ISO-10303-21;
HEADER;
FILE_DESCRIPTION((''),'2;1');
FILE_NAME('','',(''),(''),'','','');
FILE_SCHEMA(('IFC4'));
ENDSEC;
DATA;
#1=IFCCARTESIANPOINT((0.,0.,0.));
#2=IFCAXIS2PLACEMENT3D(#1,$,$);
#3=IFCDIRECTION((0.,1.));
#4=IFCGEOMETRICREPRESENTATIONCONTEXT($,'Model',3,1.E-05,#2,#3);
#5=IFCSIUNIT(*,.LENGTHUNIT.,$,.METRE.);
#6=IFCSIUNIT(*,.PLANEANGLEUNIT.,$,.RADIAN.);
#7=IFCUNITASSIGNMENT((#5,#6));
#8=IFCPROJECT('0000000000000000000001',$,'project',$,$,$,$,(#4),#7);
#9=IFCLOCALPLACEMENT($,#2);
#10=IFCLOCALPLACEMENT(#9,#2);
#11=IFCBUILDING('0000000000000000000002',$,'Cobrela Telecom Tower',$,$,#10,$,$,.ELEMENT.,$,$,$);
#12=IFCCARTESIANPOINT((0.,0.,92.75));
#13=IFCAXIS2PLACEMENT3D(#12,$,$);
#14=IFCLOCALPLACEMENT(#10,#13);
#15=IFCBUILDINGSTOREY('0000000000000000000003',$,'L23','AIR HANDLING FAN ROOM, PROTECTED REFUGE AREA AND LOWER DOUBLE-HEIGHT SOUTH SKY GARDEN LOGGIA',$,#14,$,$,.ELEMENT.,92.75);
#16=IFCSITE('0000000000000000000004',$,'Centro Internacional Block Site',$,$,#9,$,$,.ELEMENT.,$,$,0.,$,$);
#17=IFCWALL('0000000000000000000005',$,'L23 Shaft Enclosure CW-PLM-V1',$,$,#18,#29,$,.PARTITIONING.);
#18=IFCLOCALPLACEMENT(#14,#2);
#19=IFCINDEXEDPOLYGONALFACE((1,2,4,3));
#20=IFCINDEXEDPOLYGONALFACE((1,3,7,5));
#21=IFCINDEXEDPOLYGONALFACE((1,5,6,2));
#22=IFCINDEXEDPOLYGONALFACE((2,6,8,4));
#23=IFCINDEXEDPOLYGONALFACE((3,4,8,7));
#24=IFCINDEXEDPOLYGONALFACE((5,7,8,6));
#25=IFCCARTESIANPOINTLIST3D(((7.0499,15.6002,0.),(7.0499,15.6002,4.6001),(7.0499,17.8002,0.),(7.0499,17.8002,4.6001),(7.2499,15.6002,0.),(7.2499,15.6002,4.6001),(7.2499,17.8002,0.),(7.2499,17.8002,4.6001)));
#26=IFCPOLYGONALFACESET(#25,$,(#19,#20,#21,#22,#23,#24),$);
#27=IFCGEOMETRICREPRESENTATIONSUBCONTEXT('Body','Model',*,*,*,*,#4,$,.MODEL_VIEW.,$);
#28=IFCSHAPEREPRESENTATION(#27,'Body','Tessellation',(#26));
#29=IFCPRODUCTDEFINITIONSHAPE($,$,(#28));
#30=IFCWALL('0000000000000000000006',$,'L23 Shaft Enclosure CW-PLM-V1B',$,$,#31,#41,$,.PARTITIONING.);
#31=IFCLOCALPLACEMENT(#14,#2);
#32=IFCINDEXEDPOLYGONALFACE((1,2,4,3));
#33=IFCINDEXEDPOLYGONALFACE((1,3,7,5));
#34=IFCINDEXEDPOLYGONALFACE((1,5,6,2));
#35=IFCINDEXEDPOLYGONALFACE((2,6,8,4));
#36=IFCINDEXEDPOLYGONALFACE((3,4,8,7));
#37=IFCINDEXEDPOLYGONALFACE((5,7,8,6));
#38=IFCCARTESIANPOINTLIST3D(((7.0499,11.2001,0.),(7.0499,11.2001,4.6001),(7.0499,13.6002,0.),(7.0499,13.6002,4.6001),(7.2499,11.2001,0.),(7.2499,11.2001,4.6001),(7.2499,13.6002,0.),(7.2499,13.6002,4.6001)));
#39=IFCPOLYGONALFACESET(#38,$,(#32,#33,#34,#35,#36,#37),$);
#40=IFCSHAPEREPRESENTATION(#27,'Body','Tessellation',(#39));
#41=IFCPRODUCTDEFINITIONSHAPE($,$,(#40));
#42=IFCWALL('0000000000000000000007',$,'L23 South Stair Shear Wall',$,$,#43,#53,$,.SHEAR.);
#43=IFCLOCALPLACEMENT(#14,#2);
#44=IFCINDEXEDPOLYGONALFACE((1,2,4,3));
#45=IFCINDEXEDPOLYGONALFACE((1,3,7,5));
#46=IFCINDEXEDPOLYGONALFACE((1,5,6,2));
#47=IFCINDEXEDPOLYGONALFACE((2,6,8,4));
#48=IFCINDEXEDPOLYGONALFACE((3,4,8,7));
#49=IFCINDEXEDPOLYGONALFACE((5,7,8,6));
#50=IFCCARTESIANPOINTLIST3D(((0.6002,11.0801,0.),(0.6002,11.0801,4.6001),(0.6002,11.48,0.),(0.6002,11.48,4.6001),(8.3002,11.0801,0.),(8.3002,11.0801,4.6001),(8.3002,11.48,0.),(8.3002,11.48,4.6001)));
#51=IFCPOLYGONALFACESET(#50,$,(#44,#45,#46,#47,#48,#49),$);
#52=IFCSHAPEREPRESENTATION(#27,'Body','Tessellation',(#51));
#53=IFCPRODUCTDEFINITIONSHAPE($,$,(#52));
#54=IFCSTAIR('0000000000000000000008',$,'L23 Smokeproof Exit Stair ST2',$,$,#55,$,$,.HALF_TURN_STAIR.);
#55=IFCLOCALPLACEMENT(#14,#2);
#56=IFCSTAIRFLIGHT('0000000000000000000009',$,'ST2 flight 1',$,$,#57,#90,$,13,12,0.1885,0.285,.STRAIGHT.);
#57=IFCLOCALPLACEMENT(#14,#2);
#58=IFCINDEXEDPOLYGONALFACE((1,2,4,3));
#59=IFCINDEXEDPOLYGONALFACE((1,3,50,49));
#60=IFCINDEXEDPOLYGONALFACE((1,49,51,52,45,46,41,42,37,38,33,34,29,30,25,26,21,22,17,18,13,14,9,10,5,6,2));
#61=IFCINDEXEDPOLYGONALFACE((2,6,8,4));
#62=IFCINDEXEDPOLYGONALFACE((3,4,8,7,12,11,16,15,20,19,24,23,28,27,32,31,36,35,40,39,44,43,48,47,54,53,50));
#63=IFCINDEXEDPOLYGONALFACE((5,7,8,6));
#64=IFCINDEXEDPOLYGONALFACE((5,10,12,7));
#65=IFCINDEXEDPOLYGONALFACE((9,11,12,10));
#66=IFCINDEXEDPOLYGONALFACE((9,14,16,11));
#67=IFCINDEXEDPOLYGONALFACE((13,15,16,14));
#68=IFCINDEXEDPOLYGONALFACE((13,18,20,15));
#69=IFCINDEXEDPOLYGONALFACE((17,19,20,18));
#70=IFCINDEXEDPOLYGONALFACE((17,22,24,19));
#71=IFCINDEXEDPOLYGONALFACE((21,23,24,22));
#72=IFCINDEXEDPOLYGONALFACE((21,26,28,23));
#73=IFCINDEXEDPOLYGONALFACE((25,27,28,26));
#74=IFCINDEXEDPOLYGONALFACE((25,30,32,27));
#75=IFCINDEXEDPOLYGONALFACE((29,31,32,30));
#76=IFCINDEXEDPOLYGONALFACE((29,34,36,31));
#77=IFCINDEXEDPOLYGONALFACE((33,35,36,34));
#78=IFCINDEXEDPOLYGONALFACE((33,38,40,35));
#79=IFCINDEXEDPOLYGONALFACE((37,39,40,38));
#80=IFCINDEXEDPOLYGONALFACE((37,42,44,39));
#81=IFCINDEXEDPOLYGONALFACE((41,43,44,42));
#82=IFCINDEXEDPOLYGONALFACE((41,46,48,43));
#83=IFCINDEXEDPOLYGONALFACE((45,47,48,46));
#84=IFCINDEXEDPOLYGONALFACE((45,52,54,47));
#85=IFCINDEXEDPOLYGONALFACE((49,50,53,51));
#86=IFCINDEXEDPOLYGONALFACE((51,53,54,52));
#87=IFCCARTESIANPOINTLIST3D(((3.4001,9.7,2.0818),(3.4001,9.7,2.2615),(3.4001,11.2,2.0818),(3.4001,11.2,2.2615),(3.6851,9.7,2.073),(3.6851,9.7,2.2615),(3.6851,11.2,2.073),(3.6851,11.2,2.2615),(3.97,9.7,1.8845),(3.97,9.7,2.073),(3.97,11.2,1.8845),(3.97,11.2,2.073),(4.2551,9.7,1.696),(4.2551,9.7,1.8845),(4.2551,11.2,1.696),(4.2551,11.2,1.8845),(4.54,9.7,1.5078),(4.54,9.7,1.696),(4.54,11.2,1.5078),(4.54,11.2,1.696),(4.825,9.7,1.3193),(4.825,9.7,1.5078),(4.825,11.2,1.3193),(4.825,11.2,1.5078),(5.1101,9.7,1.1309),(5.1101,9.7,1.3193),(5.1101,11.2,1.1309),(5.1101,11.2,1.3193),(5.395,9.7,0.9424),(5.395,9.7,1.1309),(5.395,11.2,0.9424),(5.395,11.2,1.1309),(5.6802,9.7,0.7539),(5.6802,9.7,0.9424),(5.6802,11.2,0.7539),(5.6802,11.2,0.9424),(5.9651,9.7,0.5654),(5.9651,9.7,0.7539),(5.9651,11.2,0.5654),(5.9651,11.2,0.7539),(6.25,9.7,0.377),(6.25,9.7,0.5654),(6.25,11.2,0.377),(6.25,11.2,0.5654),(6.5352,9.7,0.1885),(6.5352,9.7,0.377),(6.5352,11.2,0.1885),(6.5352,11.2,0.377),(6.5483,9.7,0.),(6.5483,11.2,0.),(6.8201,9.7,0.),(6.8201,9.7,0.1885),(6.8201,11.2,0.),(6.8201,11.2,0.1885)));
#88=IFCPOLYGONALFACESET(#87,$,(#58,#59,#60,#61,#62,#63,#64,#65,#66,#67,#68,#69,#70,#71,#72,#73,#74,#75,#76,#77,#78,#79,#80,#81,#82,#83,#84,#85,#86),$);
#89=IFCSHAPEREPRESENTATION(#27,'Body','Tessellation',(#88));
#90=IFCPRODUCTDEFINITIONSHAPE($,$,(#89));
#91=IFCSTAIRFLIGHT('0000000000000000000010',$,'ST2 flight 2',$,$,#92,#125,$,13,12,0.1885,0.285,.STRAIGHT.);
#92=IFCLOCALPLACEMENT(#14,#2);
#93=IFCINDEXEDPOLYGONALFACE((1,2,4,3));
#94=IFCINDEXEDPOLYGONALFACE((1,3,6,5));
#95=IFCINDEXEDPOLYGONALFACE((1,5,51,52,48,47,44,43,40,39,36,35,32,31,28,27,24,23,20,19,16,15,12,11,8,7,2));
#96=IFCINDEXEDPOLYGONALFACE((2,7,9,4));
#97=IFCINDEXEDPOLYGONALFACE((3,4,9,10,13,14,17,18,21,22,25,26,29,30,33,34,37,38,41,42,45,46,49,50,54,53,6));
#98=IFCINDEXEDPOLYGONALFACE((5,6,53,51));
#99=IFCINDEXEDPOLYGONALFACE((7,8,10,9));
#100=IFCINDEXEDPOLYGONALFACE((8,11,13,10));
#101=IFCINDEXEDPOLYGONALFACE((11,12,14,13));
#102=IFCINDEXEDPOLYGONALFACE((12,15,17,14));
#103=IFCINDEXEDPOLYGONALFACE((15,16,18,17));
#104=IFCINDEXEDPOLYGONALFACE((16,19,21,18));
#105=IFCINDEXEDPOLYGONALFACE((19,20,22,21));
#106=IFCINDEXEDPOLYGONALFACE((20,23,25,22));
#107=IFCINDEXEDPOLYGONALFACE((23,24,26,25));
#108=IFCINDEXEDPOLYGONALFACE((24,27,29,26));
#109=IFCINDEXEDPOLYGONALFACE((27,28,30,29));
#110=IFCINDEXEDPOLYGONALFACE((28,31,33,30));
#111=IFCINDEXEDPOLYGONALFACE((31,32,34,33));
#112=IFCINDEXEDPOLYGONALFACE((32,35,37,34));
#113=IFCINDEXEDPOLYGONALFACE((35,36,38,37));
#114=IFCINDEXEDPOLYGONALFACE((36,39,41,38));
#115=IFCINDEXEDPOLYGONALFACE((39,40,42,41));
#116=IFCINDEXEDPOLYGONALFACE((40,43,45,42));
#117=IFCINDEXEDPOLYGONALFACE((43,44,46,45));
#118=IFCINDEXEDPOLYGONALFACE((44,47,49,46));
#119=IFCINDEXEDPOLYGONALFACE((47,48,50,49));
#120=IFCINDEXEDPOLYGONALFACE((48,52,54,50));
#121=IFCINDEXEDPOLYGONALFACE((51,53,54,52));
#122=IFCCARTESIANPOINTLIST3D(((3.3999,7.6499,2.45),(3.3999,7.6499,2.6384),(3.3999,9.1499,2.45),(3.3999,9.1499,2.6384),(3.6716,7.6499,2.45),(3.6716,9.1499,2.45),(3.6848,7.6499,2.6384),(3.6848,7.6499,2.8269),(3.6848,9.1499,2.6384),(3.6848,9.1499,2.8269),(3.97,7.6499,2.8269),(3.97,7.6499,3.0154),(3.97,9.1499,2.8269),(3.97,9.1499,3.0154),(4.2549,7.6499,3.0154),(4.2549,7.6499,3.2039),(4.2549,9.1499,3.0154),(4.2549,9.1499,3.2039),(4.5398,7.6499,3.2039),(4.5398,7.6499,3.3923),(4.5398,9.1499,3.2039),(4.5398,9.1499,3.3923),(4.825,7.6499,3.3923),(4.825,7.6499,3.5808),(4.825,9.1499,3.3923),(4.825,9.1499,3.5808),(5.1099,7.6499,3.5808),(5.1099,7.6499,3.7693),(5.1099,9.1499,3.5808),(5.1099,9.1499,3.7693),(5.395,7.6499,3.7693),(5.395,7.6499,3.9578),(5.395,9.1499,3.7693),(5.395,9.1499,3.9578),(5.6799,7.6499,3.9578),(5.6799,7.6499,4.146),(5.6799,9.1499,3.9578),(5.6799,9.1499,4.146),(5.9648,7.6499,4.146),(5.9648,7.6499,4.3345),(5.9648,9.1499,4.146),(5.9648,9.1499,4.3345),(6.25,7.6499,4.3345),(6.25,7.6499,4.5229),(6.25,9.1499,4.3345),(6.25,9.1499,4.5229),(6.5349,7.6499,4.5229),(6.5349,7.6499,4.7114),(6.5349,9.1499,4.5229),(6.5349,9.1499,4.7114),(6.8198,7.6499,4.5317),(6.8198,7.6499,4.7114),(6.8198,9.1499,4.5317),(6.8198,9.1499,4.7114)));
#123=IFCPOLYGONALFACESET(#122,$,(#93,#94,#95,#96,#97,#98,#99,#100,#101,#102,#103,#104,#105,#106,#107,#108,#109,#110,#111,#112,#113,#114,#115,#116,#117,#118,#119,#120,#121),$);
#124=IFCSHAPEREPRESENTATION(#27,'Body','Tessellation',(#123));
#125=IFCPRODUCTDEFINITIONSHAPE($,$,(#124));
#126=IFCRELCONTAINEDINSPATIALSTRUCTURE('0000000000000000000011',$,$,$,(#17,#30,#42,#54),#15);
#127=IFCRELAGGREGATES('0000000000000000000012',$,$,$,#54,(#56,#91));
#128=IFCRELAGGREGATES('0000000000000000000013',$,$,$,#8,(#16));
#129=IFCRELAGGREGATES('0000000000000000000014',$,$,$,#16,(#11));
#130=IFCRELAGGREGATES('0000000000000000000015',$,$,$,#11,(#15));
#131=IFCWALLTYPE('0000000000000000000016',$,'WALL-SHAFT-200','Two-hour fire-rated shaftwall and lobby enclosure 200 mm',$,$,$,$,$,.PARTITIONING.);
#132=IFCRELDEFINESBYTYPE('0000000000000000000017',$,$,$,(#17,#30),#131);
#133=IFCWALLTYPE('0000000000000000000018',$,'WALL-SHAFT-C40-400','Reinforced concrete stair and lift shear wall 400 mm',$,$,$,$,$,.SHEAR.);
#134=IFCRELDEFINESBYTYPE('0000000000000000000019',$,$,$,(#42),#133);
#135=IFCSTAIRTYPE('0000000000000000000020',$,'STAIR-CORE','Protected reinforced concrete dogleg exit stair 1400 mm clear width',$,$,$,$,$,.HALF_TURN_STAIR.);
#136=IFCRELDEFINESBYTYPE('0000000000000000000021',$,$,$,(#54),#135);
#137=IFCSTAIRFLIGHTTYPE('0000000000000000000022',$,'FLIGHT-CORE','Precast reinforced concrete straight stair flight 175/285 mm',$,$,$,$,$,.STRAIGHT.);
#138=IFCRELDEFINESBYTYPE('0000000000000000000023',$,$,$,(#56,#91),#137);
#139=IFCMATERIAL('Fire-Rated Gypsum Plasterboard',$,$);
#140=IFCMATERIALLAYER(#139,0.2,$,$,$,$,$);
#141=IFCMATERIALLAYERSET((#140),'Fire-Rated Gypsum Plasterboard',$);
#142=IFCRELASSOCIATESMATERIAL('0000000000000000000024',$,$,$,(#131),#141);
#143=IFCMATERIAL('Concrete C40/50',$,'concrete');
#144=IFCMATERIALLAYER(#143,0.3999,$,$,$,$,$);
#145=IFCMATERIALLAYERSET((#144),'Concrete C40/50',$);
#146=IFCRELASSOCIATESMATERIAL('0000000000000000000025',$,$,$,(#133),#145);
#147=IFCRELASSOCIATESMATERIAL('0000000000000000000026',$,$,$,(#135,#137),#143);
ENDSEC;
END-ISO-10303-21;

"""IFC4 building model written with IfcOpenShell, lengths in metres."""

from ifc_helpers import new_model, si_unit, direction, frame, frame_2d, origin, place, context, subcontext, project, spatial, polyline, rectangle, outline, extrude, material, layer, layer_set, type_object, element, aggregate, save


model = new_model("IFC4")

# Units and contexts
model_context = context("Model", 3, precision=1e-05, world=origin(), true_north=direction((0.0, 1.0)))
body_context = subcontext(model_context, "Body", "Model", "MODEL_VIEW")
ifc_project = project(units=[si_unit("LENGTHUNIT", "METRE"), si_unit("PLANEANGLEUNIT", "RADIAN")], contexts=[model_context])

# Site, building, storey
site_placement = place(None, origin())
site = spatial("IfcSite", under=ifc_project, at=site_placement, Name="Centro Internacional Block Site", CompositionType="ELEMENT", RefElevation=0.0)
building_placement = place(site_placement, origin())
building = spatial("IfcBuilding", under=site, at=building_placement, Name="Cobrela Telecom Tower", CompositionType="ELEMENT")
storey_placement = place(building_placement, frame((0.0, 0.0, 92.75)))
storey = spatial("IfcBuildingStorey", under=building, at=storey_placement, Name="L23", Description="AIR HANDLING FAN ROOM, PROTECTED REFUGE AREA AND LOWER DOUBLE-HEIGHT SOUTH SKY GARDEN LOGGIA", CompositionType="ELEMENT", Elevation=92.75)

# Shared definitions
ifc_material_1 = material(Name="Fire-Rated Gypsum Plasterboard")

# Walls
ifc_layer_1 = layer(ifc_material_1, 0.2)
ifc_layer_set_1 = layer_set([ifc_layer_1], Name="Fire-Rated Gypsum Plasterboard")
wall_type_1 = type_object("IfcWallType", Name="WALL-SHAFT-200", Description="Two-hour fire-rated shaftwall and lobby enclosure 200 mm", PredefinedType="PARTITIONING", material=ifc_layer_set_1)
wall_1_placement = place(storey_placement, frame((7.1499, 15.6001, 0.0), z_axis=(0.0, 0.0, 1.0), x_axis=(0.0, 1.0, 0.0)))
element("IfcWall", 1, at=wall_1_placement, inside=storey, type_object=wall_type_1, Name="L23 Shaft Enclosure CW-PLM-V1", PredefinedType="PARTITIONING", context=body_context, shape_type="SweptSolid", body=[
    extrude(rectangle(XDim=2.2, YDim=0.2, at=frame_2d((1.1001, 0.0))), origin(), (0.0, 0.0, 1.0), 4.6001),
])
wall_2_placement = place(storey_placement, frame((7.1499, 11.2, 0.0), z_axis=(0.0, 0.0, 1.0), x_axis=(0.0, 1.0, 0.0)))
element("IfcWall", 2, at=wall_2_placement, inside=storey, type_object=wall_type_1, Name="L23 Shaft Enclosure CW-PLM-V1B", PredefinedType="PARTITIONING", context=body_context, shape_type="SweptSolid", body=[
    extrude(rectangle(XDim=2.4001, YDim=0.2, at=frame_2d((1.2002, 0.0))), origin(), (0.0, 0.0, 1.0), 4.6001),
])
ifc_material_2 = material(Name="Concrete C40/50", Category="concrete")
ifc_layer_2 = layer(ifc_material_2, 0.3999)
ifc_layer_set_2 = layer_set([ifc_layer_2], Name="Concrete C40/50")
wall_type_2 = type_object("IfcWallType", Name="WALL-SHAFT-C40-400", Description="Reinforced concrete stair and lift shear wall 400 mm", PredefinedType="SHEAR", material=ifc_layer_set_2)
wall_3_placement = place(storey_placement, frame((0.6001, 11.28, 0.0), z_axis=(0.0, 0.0, 1.0), x_axis=(1.0, 0.0, 0.0)))
element("IfcWall", 3, at=wall_3_placement, inside=storey, type_object=wall_type_2, Name="L23 South Stair Shear Wall", PredefinedType="SHEAR", context=body_context, shape_type="SweptSolid", body=[
    extrude(rectangle(XDim=7.7, YDim=0.3999, at=frame_2d((3.8501, 0.0))), origin(), (0.0, 0.0, 1.0), 4.6001),
])

# Stair, stair flights
stair_type = type_object("IfcStairType", Name="STAIR-CORE", Description="Protected reinforced concrete dogleg exit stair 1400 mm clear width", PredefinedType="HALF_TURN_STAIR", material=ifc_material_2)
stair_placement = place(storey_placement, origin())
stair = element("IfcStair", 4, at=stair_placement, inside=storey, type_object=stair_type, Name="L23 Smokeproof Exit Stair ST2", PredefinedType="HALF_TURN_STAIR")
stair_flight_type = type_object("IfcStairFlightType", Name="FLIGHT-CORE", Description="Precast reinforced concrete straight stair flight 175/285 mm", PredefinedType="STRAIGHT", material=ifc_material_2)
stair_flight_1_placement = place(storey_placement, frame((6.8201, 10.45, 0.0), z_axis=(0.0, 0.0, 1.0), x_axis=(-1.0, 0.0, 0.0)))
stair_flight_1 = element("IfcStairFlight", 5, at=stair_flight_1_placement, type_object=stair_flight_type, Name="ST2 flight 1", NumberOfRisers=13, NumberOfTreads=12, PredefinedType="STRAIGHT", RiserHeight=0.1885, TreadLength=0.285, context=body_context, shape_type="SweptSolid", body=[
    extrude(outline(polyline([(0.0, 0.0), (0.0, 0.1885), (0.2849, 0.1885), (0.2849, 0.377), (0.5701, 0.377), (0.5701, 0.5654), (0.855, 0.5654), (0.855, 0.7539), (1.1399, 0.7539), (1.1399, 0.9424), (1.425, 0.9424), (1.425, 1.1309), (1.71, 1.1309), (1.71, 1.3193), (1.9951, 1.3193), (1.9951, 1.5078), (2.28, 1.5078), (2.28, 1.696), (2.5649, 1.696), (2.5649, 1.8845), (2.8501, 1.8845), (2.8501, 2.073), (3.135, 2.073), (3.135, 2.2615), (3.4199, 2.2615), (3.4199, 2.45), (3.4199, 2.0818), (0.2717, 0.0), (0.0, 0.0)])), frame((0.0, 0.75, 0.0), z_axis=(0.0, -1.0, 0.0), x_axis=(1.0, 0.0, 0.0)), (0.0, 0.0, 1.0), 1.5),
])
stair_flight_2_placement = place(storey_placement, frame((3.3999, 8.3999, 2.45), z_axis=(0.0, 0.0, 1.0), x_axis=(1.0, 0.0, 0.0)))
stair_flight_2 = element("IfcStairFlight", 6, at=stair_flight_2_placement, type_object=stair_flight_type, Name="ST2 flight 2", NumberOfRisers=13, NumberOfTreads=12, PredefinedType="STRAIGHT", RiserHeight=0.1885, TreadLength=0.285, context=body_context, shape_type="SweptSolid", body=[
    extrude(outline(polyline([(0.0, 0.0), (0.0, 0.1885), (0.2849, 0.1885), (0.2849, 0.377), (0.5701, 0.377), (0.5701, 0.5654), (0.855, 0.5654), (0.855, 0.7539), (1.1399, 0.7539), (1.1399, 0.9424), (1.425, 0.9424), (1.425, 1.1309), (1.71, 1.1309), (1.71, 1.3193), (1.9951, 1.3193), (1.9951, 1.5078), (2.28, 1.5078), (2.28, 1.696), (2.5649, 1.696), (2.5649, 1.8845), (2.8501, 1.8845), (2.8501, 2.073), (3.135, 2.073), (3.135, 2.2615), (3.4199, 2.2615), (3.4199, 2.45), (3.4199, 2.0818), (0.2717, 0.0), (0.0, 0.0)])), frame((0.0, 0.75, 0.0), z_axis=(0.0, -1.0, 0.0), x_axis=(1.0, 0.0, 0.0)), (0.0, 0.0, 1.0), 1.5),
])
aggregate(stair, [stair_flight_1, stair_flight_2])

save(model, "model.ifc")
